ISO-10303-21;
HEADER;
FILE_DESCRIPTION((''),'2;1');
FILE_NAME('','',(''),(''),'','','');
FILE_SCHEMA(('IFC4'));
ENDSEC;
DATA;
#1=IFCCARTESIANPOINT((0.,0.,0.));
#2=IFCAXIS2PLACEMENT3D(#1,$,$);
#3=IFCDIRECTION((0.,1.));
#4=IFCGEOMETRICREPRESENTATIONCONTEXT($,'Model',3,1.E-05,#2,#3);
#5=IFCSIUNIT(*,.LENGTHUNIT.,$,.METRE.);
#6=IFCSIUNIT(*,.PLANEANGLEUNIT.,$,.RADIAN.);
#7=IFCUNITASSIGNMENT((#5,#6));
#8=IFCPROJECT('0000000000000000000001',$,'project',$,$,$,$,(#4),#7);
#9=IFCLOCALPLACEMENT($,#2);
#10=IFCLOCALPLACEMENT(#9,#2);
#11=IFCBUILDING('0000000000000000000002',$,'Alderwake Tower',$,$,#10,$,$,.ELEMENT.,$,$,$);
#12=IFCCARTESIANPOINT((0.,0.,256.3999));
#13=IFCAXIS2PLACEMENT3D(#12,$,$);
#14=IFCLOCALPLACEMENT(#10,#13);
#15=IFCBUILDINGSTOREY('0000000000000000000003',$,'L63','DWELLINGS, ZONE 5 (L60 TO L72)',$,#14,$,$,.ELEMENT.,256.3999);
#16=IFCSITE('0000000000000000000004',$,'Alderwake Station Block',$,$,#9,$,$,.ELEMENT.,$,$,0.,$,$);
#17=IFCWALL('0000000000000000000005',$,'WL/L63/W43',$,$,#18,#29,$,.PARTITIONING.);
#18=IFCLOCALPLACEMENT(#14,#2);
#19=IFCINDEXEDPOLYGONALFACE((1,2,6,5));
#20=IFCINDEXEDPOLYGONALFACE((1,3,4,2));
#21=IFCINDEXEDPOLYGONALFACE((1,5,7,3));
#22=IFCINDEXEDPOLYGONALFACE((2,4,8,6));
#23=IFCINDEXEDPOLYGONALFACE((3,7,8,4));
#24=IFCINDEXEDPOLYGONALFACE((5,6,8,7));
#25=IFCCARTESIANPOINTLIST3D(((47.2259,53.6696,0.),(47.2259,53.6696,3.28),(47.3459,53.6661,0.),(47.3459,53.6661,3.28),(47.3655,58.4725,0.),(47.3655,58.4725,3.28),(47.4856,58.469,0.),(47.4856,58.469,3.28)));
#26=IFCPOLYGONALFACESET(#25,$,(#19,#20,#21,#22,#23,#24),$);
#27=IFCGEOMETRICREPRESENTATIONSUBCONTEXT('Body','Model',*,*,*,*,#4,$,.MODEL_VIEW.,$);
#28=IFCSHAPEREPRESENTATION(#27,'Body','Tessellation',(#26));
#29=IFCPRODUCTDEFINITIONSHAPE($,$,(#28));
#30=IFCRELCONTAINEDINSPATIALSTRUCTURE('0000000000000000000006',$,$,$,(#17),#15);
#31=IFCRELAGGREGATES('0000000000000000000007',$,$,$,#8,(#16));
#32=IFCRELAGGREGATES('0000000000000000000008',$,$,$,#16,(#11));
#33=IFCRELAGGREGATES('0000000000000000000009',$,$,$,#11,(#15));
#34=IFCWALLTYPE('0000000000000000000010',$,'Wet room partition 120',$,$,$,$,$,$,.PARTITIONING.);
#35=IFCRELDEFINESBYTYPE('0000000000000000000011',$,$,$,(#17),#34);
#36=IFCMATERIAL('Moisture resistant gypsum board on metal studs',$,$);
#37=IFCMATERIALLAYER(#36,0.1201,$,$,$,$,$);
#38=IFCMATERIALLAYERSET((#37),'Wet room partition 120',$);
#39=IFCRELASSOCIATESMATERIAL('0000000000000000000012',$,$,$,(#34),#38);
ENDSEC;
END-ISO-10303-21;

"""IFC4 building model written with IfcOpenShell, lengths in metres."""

from ifc_helpers import new_model, si_unit, direction, frame, frame_2d, origin, place, context, subcontext, project, spatial, rectangle, extrude, material, layer, layer_set, type_object, element, save


model = new_model("IFC4")

# Units and contexts
model_context = context("Model", 3, precision=1e-05, world=origin(), true_north=direction((0.0, 1.0)))
body_context = subcontext(model_context, "Body", "Model", "MODEL_VIEW")
ifc_project = project(units=[si_unit("LENGTHUNIT", "METRE"), si_unit("PLANEANGLEUNIT", "RADIAN")], contexts=[model_context])

# Site, building, storey
site_placement = place(None, origin())
site = spatial("IfcSite", under=ifc_project, at=site_placement, Name="Alderwake Station Block", CompositionType="ELEMENT", RefElevation=0.0)
building_placement = place(site_placement, origin())
building = spatial("IfcBuilding", under=site, at=building_placement, Name="Alderwake Tower", CompositionType="ELEMENT")
storey_placement = place(building_placement, frame((0.0, 0.0, 256.3999)))
storey = spatial("IfcBuildingStorey", under=building, at=storey_placement, Name="L63", Description="DWELLINGS, ZONE 5 (L60 TO L72)", CompositionType="ELEMENT", Elevation=256.3999)

# Shared definitions
ifc_material_1 = material(Name="Moisture resistant gypsum board on metal studs")
ifc_layer_1 = layer(ifc_material_1, 0.1201)
ifc_layer_set_1 = layer_set([ifc_layer_1], Name="Wet room partition 120")
wall_type_1 = type_object("IfcWallType", Name="Wet room partition 120", PredefinedType="PARTITIONING", material=ifc_layer_set_1)

# Wall
wall_1_placement = place(storey_placement, frame((47.2859, 53.668, 0.0), z_axis=(0.0, 0.0, 1.0), x_axis=(0.029063, 0.999578, 0.0)))
element("IfcWall", 1, at=wall_1_placement, inside=storey, type_object=wall_type_1, Name="WL/L63/W43", PredefinedType="PARTITIONING", context=body_context, shape_type="SweptSolid", body=[
    extrude(rectangle(XDim=4.8049, YDim=0.1201, at=frame_2d((2.4023, 0.0))), origin(), (0.0, 0.0, 1.0), 3.28),
])

save(model, "model.ifc")
